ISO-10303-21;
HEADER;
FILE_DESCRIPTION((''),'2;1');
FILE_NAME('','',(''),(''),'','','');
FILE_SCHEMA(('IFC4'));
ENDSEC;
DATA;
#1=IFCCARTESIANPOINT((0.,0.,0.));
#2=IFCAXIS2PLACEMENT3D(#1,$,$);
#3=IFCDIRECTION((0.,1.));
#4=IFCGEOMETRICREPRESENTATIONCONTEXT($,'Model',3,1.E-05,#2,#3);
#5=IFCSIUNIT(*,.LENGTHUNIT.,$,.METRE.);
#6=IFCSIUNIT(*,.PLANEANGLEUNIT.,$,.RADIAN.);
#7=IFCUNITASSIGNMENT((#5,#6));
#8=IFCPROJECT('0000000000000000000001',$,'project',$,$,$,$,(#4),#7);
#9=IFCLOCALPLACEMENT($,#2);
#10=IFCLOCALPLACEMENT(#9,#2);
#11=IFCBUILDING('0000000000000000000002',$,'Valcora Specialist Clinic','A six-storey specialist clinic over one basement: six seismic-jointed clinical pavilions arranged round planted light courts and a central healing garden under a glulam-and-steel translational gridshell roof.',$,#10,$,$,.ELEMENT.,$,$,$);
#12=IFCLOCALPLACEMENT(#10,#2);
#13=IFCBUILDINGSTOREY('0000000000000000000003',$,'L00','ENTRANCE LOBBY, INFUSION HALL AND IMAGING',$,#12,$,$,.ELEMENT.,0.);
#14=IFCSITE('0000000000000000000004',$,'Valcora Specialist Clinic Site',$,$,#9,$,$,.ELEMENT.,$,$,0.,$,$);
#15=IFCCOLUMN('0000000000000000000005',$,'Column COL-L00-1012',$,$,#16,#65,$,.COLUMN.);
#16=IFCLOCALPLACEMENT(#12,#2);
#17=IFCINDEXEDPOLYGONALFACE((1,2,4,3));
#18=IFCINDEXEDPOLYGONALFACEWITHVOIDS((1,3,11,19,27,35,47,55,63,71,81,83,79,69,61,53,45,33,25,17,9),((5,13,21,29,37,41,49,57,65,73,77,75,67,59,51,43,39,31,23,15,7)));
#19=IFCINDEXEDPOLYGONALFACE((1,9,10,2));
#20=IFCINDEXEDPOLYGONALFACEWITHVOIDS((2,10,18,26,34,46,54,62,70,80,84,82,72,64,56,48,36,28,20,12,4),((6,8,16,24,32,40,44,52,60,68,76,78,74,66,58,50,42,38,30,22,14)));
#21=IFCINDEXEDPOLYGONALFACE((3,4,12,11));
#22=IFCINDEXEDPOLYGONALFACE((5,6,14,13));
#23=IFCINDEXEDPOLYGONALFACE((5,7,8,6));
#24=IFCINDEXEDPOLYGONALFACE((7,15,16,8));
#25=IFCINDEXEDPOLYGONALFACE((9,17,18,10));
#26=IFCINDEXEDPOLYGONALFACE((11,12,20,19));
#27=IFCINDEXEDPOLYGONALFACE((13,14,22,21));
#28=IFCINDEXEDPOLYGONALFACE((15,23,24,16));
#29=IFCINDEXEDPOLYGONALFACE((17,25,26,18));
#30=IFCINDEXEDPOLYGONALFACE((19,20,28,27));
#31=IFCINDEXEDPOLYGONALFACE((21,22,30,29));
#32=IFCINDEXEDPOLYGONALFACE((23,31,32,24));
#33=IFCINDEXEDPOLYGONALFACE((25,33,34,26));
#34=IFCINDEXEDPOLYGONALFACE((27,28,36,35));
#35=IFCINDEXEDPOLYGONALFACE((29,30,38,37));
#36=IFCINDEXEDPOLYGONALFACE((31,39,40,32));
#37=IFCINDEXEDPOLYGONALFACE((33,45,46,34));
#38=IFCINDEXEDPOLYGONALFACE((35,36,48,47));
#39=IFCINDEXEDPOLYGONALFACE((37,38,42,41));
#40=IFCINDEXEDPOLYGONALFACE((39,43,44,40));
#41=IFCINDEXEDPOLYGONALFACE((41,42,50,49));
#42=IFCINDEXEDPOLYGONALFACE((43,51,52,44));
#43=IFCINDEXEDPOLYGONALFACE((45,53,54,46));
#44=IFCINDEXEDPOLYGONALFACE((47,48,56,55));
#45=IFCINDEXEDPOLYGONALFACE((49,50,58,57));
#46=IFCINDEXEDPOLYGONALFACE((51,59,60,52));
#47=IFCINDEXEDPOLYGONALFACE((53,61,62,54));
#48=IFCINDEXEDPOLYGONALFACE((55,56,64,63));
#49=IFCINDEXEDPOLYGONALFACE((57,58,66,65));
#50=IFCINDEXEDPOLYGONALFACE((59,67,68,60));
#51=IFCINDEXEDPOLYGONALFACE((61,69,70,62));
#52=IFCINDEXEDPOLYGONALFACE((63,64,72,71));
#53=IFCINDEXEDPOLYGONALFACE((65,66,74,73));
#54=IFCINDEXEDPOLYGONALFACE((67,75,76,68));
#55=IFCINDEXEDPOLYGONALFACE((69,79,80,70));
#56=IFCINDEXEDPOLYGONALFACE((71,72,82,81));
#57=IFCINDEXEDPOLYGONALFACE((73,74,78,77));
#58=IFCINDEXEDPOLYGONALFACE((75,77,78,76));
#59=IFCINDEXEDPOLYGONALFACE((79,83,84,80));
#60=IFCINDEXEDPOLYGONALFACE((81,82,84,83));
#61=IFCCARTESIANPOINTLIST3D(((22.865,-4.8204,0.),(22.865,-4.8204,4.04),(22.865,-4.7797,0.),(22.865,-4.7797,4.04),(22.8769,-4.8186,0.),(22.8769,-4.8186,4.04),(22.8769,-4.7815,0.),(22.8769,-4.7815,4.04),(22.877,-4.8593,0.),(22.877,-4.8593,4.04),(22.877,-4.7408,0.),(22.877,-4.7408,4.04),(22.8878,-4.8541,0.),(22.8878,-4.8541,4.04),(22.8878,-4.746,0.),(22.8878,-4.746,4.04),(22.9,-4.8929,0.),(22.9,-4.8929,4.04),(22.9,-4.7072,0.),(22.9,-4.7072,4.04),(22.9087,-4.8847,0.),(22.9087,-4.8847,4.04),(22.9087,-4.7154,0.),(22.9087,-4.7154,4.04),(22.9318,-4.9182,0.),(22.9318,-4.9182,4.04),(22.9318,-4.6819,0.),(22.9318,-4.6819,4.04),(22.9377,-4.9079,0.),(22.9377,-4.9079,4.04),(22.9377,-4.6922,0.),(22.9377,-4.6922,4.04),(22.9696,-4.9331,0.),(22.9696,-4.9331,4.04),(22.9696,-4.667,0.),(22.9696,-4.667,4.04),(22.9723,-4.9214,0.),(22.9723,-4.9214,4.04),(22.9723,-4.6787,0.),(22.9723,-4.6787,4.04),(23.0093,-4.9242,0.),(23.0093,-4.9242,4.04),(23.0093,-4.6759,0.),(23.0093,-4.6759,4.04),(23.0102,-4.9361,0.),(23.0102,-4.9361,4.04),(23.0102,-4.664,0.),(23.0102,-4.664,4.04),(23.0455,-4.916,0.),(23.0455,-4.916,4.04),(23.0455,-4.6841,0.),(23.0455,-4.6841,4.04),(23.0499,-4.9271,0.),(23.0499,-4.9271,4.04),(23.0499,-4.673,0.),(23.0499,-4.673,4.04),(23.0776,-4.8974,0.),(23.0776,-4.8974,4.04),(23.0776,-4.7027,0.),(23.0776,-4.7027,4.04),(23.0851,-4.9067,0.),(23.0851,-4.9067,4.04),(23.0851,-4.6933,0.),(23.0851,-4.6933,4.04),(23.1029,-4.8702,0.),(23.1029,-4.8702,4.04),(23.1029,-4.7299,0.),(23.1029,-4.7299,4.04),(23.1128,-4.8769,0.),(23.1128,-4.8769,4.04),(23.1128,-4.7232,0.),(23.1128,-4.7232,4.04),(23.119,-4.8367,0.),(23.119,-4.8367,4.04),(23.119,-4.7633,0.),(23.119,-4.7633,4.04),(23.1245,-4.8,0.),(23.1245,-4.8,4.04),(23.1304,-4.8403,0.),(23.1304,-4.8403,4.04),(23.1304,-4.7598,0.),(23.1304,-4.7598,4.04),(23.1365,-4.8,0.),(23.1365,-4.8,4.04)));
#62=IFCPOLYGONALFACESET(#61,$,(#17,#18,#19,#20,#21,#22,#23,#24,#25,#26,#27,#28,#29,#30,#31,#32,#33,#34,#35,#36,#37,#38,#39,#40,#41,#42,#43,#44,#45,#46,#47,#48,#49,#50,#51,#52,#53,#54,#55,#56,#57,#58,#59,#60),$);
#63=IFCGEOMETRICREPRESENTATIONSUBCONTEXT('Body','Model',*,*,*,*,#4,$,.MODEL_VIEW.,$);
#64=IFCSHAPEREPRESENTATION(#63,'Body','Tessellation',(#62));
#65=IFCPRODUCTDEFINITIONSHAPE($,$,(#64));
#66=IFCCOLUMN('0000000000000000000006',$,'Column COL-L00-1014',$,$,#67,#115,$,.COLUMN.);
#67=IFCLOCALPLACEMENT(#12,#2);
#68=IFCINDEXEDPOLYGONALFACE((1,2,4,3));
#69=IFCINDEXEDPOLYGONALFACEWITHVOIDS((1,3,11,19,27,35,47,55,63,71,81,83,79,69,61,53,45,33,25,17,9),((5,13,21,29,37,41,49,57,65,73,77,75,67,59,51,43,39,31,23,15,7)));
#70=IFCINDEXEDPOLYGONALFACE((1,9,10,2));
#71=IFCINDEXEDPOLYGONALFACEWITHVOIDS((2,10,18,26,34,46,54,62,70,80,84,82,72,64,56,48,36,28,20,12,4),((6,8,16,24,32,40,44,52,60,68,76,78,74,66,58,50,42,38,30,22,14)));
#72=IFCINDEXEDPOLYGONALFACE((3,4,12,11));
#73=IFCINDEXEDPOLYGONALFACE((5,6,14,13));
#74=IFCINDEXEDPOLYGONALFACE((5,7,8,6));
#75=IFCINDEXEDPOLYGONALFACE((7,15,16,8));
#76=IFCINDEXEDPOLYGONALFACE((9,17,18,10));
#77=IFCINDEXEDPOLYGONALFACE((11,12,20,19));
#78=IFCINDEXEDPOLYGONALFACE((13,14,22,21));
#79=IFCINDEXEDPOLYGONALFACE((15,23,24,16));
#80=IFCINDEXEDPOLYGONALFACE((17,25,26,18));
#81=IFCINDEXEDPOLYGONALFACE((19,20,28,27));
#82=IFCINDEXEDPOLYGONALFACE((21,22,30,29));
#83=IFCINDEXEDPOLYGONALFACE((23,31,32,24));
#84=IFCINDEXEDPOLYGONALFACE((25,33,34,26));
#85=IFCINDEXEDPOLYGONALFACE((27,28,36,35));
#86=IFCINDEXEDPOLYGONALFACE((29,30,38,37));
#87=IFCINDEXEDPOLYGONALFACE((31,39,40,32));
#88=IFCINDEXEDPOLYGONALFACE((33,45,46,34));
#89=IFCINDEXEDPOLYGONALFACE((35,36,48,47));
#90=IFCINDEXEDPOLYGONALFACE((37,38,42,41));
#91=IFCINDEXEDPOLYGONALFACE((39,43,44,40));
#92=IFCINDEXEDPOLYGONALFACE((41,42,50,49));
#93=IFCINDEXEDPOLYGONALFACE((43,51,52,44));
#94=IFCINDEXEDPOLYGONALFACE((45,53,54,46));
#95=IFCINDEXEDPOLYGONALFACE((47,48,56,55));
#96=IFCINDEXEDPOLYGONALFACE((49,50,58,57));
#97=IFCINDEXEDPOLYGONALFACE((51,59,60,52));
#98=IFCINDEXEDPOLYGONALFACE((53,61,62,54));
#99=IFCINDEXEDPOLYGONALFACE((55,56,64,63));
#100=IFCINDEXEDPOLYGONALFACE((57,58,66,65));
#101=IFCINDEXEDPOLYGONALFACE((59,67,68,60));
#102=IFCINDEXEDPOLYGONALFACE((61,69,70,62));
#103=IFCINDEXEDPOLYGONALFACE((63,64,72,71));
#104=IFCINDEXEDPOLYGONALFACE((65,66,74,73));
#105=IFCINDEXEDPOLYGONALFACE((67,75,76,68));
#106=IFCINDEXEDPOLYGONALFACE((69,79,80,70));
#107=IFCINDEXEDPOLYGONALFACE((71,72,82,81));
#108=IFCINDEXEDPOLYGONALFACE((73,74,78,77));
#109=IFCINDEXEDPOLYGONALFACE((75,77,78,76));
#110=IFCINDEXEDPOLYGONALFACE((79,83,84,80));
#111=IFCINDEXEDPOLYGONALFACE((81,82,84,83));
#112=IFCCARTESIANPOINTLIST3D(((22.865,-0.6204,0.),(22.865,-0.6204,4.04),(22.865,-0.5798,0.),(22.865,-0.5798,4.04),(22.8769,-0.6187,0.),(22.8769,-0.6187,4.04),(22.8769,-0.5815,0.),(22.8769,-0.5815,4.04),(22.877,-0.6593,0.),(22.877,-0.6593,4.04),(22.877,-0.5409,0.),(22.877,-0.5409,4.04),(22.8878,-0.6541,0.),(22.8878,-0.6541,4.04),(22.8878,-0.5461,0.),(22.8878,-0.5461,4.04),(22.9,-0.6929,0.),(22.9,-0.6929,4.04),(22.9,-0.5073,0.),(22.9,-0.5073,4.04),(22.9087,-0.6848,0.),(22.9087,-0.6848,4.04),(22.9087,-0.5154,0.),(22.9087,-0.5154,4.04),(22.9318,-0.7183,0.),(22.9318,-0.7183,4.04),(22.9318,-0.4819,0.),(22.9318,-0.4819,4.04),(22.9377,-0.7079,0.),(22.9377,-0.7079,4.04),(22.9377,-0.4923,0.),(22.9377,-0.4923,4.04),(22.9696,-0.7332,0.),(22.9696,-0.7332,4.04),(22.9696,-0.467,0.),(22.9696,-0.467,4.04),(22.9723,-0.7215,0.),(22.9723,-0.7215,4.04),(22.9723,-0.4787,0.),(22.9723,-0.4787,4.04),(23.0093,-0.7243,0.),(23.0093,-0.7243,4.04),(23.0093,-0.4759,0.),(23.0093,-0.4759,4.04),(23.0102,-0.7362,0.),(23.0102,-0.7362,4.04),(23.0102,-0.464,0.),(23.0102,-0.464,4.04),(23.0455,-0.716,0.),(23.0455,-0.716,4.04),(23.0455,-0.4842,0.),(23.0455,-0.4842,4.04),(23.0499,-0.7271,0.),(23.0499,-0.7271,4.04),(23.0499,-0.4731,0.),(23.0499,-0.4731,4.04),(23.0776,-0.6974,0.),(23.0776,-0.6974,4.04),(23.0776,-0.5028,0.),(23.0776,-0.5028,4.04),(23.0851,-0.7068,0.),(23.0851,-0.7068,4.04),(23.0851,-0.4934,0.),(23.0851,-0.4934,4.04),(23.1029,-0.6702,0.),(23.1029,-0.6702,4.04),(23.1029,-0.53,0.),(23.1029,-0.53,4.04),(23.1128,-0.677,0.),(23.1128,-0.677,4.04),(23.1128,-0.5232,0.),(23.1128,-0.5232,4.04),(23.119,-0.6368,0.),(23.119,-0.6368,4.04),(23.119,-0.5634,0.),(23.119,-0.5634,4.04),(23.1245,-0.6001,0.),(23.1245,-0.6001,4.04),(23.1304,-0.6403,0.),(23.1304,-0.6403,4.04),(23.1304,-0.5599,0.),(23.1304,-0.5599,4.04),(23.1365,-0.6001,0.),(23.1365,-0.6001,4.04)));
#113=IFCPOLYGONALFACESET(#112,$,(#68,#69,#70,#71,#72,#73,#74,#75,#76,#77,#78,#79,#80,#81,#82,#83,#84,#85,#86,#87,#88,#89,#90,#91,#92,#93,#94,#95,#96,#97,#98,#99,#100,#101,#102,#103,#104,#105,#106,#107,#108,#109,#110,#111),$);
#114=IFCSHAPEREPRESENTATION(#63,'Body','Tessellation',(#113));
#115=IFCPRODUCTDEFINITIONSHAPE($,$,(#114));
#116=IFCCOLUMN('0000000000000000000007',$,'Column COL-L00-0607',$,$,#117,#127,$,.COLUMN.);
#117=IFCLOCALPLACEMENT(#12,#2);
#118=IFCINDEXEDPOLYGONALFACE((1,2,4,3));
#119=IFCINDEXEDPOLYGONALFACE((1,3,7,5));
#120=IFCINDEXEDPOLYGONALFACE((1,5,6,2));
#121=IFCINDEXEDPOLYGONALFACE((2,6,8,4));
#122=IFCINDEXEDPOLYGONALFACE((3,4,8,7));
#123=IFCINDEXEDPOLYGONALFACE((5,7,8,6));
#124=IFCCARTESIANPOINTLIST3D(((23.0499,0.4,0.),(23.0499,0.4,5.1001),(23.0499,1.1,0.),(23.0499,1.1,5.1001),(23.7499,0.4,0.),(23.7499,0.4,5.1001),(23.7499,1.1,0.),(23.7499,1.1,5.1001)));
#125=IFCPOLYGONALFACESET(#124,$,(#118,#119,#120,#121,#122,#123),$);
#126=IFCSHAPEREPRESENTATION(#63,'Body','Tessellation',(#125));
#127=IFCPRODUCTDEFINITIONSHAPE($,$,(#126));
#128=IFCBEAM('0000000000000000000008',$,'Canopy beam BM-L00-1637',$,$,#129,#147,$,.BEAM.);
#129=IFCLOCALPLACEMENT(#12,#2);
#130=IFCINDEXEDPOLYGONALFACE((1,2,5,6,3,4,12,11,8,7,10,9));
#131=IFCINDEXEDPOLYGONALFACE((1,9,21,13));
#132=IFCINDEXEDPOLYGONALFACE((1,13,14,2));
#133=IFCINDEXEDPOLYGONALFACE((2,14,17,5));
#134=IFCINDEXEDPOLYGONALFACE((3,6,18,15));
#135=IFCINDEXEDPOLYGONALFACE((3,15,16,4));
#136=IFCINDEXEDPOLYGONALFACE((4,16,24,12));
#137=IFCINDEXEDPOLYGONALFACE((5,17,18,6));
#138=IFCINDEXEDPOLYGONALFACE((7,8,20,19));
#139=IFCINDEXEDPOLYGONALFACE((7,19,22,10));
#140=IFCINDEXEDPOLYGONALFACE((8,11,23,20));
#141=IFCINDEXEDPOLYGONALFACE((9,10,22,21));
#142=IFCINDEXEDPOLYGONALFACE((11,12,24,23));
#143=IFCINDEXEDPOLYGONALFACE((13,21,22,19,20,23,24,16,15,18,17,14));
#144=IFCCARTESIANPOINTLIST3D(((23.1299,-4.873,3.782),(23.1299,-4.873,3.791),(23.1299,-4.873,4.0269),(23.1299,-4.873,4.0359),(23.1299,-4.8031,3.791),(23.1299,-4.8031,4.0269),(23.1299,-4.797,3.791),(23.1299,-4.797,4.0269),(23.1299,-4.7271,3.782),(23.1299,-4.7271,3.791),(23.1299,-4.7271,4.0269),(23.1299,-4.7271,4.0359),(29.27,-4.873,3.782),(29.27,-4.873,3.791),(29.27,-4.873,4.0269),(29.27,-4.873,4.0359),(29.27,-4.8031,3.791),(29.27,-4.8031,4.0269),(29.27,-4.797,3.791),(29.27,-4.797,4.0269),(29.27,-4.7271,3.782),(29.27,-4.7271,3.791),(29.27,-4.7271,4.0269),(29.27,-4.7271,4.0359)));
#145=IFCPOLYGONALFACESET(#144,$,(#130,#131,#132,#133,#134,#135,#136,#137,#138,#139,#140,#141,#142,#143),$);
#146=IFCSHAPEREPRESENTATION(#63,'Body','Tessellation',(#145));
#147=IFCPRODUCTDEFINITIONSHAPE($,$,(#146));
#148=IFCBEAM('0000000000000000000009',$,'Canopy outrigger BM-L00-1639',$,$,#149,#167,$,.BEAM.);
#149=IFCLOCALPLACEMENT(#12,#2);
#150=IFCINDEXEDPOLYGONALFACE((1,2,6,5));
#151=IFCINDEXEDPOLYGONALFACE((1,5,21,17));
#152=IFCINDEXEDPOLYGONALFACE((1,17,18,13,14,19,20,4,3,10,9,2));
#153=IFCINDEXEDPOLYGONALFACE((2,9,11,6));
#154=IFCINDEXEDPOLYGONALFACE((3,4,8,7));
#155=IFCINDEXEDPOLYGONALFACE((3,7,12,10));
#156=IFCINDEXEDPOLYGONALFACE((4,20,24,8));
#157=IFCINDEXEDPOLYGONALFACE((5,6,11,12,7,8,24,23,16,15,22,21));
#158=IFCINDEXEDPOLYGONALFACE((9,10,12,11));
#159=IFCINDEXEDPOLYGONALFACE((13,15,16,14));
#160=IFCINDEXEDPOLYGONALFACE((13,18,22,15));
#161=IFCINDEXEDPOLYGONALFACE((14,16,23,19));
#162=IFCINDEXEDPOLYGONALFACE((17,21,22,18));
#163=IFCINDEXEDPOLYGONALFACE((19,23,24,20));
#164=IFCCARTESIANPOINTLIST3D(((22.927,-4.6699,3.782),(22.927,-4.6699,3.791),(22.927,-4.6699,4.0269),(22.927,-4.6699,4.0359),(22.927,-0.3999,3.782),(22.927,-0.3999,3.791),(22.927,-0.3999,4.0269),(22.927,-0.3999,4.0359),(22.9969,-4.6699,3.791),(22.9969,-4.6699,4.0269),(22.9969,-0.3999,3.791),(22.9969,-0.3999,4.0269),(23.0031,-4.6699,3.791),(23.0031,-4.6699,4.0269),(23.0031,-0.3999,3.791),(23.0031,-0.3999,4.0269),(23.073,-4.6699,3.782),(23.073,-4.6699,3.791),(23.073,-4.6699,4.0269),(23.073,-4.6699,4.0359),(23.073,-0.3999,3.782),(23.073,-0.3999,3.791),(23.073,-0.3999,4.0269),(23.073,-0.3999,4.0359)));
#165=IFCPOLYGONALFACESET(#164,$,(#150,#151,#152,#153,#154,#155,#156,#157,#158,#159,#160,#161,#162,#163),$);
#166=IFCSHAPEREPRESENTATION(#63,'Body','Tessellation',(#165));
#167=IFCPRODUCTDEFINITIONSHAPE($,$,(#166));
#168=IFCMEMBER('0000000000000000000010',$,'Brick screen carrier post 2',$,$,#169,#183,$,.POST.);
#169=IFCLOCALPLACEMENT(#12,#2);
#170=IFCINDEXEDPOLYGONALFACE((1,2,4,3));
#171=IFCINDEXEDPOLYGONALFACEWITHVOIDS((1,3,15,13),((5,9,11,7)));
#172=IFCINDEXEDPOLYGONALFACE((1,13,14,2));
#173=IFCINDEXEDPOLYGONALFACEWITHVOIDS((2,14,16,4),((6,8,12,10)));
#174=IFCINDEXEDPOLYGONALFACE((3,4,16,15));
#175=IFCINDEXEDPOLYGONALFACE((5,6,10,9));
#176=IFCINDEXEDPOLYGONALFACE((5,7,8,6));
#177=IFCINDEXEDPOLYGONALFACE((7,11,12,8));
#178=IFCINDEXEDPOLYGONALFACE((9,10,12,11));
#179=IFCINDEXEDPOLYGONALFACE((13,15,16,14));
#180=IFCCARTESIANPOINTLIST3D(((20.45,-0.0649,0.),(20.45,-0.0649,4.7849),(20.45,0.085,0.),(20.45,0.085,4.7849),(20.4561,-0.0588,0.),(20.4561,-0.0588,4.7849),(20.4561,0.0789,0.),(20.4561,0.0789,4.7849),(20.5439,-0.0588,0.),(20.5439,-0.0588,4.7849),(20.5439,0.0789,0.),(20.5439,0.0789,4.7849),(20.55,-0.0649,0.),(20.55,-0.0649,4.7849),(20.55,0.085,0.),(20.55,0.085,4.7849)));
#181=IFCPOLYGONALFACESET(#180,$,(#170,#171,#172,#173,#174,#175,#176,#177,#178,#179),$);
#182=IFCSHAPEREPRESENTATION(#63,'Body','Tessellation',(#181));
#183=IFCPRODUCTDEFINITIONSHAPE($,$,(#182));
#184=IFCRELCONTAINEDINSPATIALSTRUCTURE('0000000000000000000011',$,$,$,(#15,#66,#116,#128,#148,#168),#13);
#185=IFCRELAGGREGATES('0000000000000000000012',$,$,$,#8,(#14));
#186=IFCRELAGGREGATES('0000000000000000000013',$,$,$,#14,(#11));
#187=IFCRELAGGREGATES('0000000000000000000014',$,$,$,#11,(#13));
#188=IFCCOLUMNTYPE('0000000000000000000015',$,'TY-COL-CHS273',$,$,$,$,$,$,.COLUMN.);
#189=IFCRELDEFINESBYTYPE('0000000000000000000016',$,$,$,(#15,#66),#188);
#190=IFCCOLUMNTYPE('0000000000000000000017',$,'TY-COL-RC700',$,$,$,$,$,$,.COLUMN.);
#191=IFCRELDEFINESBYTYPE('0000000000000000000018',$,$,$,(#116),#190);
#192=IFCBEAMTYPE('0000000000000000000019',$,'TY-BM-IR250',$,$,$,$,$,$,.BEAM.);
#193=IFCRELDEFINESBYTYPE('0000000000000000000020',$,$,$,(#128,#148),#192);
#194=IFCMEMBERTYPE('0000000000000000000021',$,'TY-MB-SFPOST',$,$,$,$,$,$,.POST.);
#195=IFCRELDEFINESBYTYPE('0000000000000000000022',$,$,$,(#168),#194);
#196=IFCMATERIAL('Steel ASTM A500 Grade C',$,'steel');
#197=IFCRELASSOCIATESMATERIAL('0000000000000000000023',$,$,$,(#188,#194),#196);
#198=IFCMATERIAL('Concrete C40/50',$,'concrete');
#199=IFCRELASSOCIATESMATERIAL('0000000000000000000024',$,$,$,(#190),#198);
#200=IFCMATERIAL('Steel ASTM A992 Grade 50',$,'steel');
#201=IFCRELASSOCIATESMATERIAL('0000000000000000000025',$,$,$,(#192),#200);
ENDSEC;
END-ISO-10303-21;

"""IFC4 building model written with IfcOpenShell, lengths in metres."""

from ifc_helpers import new_model, si_unit, direction, frame, origin, origin_2d, place, context, subcontext, project, spatial, rectangle, hollow_rectangle, hollow_circle, i_section, extrude, material, material_profile, profile_set, type_object, element, save


model = new_model("IFC4")

# Units and contexts
model_context = context("Model", 3, precision=1e-05, world=origin(), true_north=direction((0.0, 1.0)))
body_context = subcontext(model_context, "Body", "Model", "MODEL_VIEW")
ifc_project = project(units=[si_unit("LENGTHUNIT", "METRE"), si_unit("PLANEANGLEUNIT", "RADIAN")], contexts=[model_context])

# Site, building, storey
site_placement = place(None, origin())
site = spatial("IfcSite", under=ifc_project, at=site_placement, Name="Valcora Specialist Clinic Site", CompositionType="ELEMENT", RefElevation=0.0)
building_placement = place(site_placement, origin())
building = spatial("IfcBuilding", under=site, at=building_placement, Name="Valcora Specialist Clinic", Description="A six-storey specialist clinic over one basement: six seismic-jointed clinical pavilions arranged round planted light courts and a central healing garden under a glulam-and-steel translational gridshell roof.", CompositionType="ELEMENT")
storey_placement = place(building_placement, origin())
storey = spatial("IfcBuildingStorey", under=building, at=storey_placement, Name="L00", Description="ENTRANCE LOBBY, INFUSION HALL AND IMAGING", CompositionType="ELEMENT", Elevation=0.0)

# Columns
ifc_material_1 = material(Name="Steel ASTM A500 Grade C", Category="steel")
ifc_material_profile_1 = material_profile(ifc_material_1, hollow_circle(Radius=0.1365, WallThickness=0.012, at=origin_2d()), Name="ST-CHS-273X12")
ifc_profile_set_1 = profile_set([ifc_material_profile_1], Name="Steel ASTM A500 Grade C")
column_type_1 = type_object("IfcColumnType", Name="TY-COL-CHS273", PredefinedType="COLUMN", material=ifc_profile_set_1)
for number, where, z_axis, x_axis, name in (
    (1, (23.0, -4.8, 0.0), (0.0, 0.0, 1.0), (1.0, 0.0, 0.0), "Column COL-L00-1012"),
    (2, (23.0, -0.6001, 0.0), (0.0, 0.0, 1.0), (1.0, 0.0, 0.0), "Column COL-L00-1014"),
):
    element("IfcColumn", number, at=place(storey_placement, frame(where, z_axis=z_axis, x_axis=x_axis)), inside=storey, type_object=column_type_1, Name=name, PredefinedType="COLUMN", context=body_context, shape_type="SweptSolid", body=[
        extrude(hollow_circle(Radius=0.1365, WallThickness=0.012, at=origin_2d()), origin(), (0.0, 0.0, 1.0), 4.04),
    ])
ifc_material_2 = material(Name="Concrete C40/50", Category="concrete")
ifc_material_profile_2 = material_profile(ifc_material_2, rectangle(XDim=0.7, YDim=0.7, at=origin_2d()), Name="RC-COL-700X700")
ifc_profile_set_2 = profile_set([ifc_material_profile_2], Name="Concrete C40/50")
column_type_2 = type_object("IfcColumnType", Name="TY-COL-RC700", PredefinedType="COLUMN", material=ifc_profile_set_2)
column_placement = place(storey_placement, frame((23.3999, 0.75, 0.0), z_axis=(0.0, 0.0, 1.0), x_axis=(1.0, 0.0, 0.0)))
element("IfcColumn", 3, at=column_placement, inside=storey, type_object=column_type_2, Name="Column COL-L00-0607", PredefinedType="COLUMN", context=body_context, shape_type="SweptSolid", body=[
    extrude(rectangle(XDim=0.7, YDim=0.7, at=origin_2d()), origin(), (0.0, 0.0, 1.0), 5.1001),
])

# Beams
ifc_material_3 = material(Name="Steel ASTM A992 Grade 50", Category="steel")
ifc_material_profile_3 = material_profile(ifc_material_3, i_section(OverallWidth=0.146, OverallDepth=0.2539, WebThickness=0.0061, FlangeThickness=0.009, at=origin_2d()), Name="ST-IR-250X145")
ifc_profile_set_3 = profile_set([ifc_material_profile_3], Name="Steel ASTM A992 Grade 50")
beam_type = type_object("IfcBeamType", Name="TY-BM-IR250", PredefinedType="BEAM", material=ifc_profile_set_3)
beam_1_placement = place(storey_placement, frame((23.1299, -4.8, 3.9089), z_axis=(1.0, 0.0, 0.0), x_axis=(0.0, 1.0, 0.0)))
element("IfcBeam", 4, at=beam_1_placement, inside=storey, type_object=beam_type, Name="Canopy beam BM-L00-1637", PredefinedType="BEAM", context=body_context, shape_type="SweptSolid", body=[
    extrude(i_section(OverallWidth=0.146, OverallDepth=0.2539, WebThickness=0.0061, FlangeThickness=0.009, at=origin_2d()), origin(), (0.0, 0.0, 1.0), 6.1401),
])
beam_2_placement = place(storey_placement, frame((23.0, -4.6699, 3.9089), z_axis=(0.0, 1.0, 0.0), x_axis=(-1.0, 0.0, 0.0)))
element("IfcBeam", 5, at=beam_2_placement, inside=storey, type_object=beam_type, Name="Canopy outrigger BM-L00-1639", PredefinedType="BEAM", context=body_context, shape_type="SweptSolid", body=[
    extrude(i_section(OverallWidth=0.146, OverallDepth=0.2539, WebThickness=0.0061, FlangeThickness=0.009, at=origin_2d()), origin(), (0.0, 0.0, 1.0), 4.27),
])

# Member
ifc_material_profile_4 = material_profile(ifc_material_1, hollow_rectangle(XDim=0.1001, YDim=0.1499, WallThickness=0.0061, at=origin_2d()), Name="ST-RHS-150X100X6")
ifc_profile_set_4 = profile_set([ifc_material_profile_4], Name="Steel ASTM A500 Grade C")
member_type_1 = type_object("IfcMemberType", Name="TY-MB-SFPOST", PredefinedType="POST", material=ifc_profile_set_4)
for number, where, z_axis, x_axis, name in (
    (6, (20.5, 0.01, 0.0), (0.0, 0.0, 1.0), (1.0, 0.0, 0.0), "Brick screen carrier post 2"),
):
    element("IfcMember", number, at=place(storey_placement, frame(where, z_axis=z_axis, x_axis=x_axis)), inside=storey, type_object=member_type_1, Name=name, PredefinedType="POST", context=body_context, shape_type="SweptSolid", body=[
        extrude(hollow_rectangle(XDim=0.1001, YDim=0.1499, WallThickness=0.0061, at=origin_2d()), origin(), (0.0, 0.0, 1.0), 4.7849),
    ])

save(model, "model.ifc")
